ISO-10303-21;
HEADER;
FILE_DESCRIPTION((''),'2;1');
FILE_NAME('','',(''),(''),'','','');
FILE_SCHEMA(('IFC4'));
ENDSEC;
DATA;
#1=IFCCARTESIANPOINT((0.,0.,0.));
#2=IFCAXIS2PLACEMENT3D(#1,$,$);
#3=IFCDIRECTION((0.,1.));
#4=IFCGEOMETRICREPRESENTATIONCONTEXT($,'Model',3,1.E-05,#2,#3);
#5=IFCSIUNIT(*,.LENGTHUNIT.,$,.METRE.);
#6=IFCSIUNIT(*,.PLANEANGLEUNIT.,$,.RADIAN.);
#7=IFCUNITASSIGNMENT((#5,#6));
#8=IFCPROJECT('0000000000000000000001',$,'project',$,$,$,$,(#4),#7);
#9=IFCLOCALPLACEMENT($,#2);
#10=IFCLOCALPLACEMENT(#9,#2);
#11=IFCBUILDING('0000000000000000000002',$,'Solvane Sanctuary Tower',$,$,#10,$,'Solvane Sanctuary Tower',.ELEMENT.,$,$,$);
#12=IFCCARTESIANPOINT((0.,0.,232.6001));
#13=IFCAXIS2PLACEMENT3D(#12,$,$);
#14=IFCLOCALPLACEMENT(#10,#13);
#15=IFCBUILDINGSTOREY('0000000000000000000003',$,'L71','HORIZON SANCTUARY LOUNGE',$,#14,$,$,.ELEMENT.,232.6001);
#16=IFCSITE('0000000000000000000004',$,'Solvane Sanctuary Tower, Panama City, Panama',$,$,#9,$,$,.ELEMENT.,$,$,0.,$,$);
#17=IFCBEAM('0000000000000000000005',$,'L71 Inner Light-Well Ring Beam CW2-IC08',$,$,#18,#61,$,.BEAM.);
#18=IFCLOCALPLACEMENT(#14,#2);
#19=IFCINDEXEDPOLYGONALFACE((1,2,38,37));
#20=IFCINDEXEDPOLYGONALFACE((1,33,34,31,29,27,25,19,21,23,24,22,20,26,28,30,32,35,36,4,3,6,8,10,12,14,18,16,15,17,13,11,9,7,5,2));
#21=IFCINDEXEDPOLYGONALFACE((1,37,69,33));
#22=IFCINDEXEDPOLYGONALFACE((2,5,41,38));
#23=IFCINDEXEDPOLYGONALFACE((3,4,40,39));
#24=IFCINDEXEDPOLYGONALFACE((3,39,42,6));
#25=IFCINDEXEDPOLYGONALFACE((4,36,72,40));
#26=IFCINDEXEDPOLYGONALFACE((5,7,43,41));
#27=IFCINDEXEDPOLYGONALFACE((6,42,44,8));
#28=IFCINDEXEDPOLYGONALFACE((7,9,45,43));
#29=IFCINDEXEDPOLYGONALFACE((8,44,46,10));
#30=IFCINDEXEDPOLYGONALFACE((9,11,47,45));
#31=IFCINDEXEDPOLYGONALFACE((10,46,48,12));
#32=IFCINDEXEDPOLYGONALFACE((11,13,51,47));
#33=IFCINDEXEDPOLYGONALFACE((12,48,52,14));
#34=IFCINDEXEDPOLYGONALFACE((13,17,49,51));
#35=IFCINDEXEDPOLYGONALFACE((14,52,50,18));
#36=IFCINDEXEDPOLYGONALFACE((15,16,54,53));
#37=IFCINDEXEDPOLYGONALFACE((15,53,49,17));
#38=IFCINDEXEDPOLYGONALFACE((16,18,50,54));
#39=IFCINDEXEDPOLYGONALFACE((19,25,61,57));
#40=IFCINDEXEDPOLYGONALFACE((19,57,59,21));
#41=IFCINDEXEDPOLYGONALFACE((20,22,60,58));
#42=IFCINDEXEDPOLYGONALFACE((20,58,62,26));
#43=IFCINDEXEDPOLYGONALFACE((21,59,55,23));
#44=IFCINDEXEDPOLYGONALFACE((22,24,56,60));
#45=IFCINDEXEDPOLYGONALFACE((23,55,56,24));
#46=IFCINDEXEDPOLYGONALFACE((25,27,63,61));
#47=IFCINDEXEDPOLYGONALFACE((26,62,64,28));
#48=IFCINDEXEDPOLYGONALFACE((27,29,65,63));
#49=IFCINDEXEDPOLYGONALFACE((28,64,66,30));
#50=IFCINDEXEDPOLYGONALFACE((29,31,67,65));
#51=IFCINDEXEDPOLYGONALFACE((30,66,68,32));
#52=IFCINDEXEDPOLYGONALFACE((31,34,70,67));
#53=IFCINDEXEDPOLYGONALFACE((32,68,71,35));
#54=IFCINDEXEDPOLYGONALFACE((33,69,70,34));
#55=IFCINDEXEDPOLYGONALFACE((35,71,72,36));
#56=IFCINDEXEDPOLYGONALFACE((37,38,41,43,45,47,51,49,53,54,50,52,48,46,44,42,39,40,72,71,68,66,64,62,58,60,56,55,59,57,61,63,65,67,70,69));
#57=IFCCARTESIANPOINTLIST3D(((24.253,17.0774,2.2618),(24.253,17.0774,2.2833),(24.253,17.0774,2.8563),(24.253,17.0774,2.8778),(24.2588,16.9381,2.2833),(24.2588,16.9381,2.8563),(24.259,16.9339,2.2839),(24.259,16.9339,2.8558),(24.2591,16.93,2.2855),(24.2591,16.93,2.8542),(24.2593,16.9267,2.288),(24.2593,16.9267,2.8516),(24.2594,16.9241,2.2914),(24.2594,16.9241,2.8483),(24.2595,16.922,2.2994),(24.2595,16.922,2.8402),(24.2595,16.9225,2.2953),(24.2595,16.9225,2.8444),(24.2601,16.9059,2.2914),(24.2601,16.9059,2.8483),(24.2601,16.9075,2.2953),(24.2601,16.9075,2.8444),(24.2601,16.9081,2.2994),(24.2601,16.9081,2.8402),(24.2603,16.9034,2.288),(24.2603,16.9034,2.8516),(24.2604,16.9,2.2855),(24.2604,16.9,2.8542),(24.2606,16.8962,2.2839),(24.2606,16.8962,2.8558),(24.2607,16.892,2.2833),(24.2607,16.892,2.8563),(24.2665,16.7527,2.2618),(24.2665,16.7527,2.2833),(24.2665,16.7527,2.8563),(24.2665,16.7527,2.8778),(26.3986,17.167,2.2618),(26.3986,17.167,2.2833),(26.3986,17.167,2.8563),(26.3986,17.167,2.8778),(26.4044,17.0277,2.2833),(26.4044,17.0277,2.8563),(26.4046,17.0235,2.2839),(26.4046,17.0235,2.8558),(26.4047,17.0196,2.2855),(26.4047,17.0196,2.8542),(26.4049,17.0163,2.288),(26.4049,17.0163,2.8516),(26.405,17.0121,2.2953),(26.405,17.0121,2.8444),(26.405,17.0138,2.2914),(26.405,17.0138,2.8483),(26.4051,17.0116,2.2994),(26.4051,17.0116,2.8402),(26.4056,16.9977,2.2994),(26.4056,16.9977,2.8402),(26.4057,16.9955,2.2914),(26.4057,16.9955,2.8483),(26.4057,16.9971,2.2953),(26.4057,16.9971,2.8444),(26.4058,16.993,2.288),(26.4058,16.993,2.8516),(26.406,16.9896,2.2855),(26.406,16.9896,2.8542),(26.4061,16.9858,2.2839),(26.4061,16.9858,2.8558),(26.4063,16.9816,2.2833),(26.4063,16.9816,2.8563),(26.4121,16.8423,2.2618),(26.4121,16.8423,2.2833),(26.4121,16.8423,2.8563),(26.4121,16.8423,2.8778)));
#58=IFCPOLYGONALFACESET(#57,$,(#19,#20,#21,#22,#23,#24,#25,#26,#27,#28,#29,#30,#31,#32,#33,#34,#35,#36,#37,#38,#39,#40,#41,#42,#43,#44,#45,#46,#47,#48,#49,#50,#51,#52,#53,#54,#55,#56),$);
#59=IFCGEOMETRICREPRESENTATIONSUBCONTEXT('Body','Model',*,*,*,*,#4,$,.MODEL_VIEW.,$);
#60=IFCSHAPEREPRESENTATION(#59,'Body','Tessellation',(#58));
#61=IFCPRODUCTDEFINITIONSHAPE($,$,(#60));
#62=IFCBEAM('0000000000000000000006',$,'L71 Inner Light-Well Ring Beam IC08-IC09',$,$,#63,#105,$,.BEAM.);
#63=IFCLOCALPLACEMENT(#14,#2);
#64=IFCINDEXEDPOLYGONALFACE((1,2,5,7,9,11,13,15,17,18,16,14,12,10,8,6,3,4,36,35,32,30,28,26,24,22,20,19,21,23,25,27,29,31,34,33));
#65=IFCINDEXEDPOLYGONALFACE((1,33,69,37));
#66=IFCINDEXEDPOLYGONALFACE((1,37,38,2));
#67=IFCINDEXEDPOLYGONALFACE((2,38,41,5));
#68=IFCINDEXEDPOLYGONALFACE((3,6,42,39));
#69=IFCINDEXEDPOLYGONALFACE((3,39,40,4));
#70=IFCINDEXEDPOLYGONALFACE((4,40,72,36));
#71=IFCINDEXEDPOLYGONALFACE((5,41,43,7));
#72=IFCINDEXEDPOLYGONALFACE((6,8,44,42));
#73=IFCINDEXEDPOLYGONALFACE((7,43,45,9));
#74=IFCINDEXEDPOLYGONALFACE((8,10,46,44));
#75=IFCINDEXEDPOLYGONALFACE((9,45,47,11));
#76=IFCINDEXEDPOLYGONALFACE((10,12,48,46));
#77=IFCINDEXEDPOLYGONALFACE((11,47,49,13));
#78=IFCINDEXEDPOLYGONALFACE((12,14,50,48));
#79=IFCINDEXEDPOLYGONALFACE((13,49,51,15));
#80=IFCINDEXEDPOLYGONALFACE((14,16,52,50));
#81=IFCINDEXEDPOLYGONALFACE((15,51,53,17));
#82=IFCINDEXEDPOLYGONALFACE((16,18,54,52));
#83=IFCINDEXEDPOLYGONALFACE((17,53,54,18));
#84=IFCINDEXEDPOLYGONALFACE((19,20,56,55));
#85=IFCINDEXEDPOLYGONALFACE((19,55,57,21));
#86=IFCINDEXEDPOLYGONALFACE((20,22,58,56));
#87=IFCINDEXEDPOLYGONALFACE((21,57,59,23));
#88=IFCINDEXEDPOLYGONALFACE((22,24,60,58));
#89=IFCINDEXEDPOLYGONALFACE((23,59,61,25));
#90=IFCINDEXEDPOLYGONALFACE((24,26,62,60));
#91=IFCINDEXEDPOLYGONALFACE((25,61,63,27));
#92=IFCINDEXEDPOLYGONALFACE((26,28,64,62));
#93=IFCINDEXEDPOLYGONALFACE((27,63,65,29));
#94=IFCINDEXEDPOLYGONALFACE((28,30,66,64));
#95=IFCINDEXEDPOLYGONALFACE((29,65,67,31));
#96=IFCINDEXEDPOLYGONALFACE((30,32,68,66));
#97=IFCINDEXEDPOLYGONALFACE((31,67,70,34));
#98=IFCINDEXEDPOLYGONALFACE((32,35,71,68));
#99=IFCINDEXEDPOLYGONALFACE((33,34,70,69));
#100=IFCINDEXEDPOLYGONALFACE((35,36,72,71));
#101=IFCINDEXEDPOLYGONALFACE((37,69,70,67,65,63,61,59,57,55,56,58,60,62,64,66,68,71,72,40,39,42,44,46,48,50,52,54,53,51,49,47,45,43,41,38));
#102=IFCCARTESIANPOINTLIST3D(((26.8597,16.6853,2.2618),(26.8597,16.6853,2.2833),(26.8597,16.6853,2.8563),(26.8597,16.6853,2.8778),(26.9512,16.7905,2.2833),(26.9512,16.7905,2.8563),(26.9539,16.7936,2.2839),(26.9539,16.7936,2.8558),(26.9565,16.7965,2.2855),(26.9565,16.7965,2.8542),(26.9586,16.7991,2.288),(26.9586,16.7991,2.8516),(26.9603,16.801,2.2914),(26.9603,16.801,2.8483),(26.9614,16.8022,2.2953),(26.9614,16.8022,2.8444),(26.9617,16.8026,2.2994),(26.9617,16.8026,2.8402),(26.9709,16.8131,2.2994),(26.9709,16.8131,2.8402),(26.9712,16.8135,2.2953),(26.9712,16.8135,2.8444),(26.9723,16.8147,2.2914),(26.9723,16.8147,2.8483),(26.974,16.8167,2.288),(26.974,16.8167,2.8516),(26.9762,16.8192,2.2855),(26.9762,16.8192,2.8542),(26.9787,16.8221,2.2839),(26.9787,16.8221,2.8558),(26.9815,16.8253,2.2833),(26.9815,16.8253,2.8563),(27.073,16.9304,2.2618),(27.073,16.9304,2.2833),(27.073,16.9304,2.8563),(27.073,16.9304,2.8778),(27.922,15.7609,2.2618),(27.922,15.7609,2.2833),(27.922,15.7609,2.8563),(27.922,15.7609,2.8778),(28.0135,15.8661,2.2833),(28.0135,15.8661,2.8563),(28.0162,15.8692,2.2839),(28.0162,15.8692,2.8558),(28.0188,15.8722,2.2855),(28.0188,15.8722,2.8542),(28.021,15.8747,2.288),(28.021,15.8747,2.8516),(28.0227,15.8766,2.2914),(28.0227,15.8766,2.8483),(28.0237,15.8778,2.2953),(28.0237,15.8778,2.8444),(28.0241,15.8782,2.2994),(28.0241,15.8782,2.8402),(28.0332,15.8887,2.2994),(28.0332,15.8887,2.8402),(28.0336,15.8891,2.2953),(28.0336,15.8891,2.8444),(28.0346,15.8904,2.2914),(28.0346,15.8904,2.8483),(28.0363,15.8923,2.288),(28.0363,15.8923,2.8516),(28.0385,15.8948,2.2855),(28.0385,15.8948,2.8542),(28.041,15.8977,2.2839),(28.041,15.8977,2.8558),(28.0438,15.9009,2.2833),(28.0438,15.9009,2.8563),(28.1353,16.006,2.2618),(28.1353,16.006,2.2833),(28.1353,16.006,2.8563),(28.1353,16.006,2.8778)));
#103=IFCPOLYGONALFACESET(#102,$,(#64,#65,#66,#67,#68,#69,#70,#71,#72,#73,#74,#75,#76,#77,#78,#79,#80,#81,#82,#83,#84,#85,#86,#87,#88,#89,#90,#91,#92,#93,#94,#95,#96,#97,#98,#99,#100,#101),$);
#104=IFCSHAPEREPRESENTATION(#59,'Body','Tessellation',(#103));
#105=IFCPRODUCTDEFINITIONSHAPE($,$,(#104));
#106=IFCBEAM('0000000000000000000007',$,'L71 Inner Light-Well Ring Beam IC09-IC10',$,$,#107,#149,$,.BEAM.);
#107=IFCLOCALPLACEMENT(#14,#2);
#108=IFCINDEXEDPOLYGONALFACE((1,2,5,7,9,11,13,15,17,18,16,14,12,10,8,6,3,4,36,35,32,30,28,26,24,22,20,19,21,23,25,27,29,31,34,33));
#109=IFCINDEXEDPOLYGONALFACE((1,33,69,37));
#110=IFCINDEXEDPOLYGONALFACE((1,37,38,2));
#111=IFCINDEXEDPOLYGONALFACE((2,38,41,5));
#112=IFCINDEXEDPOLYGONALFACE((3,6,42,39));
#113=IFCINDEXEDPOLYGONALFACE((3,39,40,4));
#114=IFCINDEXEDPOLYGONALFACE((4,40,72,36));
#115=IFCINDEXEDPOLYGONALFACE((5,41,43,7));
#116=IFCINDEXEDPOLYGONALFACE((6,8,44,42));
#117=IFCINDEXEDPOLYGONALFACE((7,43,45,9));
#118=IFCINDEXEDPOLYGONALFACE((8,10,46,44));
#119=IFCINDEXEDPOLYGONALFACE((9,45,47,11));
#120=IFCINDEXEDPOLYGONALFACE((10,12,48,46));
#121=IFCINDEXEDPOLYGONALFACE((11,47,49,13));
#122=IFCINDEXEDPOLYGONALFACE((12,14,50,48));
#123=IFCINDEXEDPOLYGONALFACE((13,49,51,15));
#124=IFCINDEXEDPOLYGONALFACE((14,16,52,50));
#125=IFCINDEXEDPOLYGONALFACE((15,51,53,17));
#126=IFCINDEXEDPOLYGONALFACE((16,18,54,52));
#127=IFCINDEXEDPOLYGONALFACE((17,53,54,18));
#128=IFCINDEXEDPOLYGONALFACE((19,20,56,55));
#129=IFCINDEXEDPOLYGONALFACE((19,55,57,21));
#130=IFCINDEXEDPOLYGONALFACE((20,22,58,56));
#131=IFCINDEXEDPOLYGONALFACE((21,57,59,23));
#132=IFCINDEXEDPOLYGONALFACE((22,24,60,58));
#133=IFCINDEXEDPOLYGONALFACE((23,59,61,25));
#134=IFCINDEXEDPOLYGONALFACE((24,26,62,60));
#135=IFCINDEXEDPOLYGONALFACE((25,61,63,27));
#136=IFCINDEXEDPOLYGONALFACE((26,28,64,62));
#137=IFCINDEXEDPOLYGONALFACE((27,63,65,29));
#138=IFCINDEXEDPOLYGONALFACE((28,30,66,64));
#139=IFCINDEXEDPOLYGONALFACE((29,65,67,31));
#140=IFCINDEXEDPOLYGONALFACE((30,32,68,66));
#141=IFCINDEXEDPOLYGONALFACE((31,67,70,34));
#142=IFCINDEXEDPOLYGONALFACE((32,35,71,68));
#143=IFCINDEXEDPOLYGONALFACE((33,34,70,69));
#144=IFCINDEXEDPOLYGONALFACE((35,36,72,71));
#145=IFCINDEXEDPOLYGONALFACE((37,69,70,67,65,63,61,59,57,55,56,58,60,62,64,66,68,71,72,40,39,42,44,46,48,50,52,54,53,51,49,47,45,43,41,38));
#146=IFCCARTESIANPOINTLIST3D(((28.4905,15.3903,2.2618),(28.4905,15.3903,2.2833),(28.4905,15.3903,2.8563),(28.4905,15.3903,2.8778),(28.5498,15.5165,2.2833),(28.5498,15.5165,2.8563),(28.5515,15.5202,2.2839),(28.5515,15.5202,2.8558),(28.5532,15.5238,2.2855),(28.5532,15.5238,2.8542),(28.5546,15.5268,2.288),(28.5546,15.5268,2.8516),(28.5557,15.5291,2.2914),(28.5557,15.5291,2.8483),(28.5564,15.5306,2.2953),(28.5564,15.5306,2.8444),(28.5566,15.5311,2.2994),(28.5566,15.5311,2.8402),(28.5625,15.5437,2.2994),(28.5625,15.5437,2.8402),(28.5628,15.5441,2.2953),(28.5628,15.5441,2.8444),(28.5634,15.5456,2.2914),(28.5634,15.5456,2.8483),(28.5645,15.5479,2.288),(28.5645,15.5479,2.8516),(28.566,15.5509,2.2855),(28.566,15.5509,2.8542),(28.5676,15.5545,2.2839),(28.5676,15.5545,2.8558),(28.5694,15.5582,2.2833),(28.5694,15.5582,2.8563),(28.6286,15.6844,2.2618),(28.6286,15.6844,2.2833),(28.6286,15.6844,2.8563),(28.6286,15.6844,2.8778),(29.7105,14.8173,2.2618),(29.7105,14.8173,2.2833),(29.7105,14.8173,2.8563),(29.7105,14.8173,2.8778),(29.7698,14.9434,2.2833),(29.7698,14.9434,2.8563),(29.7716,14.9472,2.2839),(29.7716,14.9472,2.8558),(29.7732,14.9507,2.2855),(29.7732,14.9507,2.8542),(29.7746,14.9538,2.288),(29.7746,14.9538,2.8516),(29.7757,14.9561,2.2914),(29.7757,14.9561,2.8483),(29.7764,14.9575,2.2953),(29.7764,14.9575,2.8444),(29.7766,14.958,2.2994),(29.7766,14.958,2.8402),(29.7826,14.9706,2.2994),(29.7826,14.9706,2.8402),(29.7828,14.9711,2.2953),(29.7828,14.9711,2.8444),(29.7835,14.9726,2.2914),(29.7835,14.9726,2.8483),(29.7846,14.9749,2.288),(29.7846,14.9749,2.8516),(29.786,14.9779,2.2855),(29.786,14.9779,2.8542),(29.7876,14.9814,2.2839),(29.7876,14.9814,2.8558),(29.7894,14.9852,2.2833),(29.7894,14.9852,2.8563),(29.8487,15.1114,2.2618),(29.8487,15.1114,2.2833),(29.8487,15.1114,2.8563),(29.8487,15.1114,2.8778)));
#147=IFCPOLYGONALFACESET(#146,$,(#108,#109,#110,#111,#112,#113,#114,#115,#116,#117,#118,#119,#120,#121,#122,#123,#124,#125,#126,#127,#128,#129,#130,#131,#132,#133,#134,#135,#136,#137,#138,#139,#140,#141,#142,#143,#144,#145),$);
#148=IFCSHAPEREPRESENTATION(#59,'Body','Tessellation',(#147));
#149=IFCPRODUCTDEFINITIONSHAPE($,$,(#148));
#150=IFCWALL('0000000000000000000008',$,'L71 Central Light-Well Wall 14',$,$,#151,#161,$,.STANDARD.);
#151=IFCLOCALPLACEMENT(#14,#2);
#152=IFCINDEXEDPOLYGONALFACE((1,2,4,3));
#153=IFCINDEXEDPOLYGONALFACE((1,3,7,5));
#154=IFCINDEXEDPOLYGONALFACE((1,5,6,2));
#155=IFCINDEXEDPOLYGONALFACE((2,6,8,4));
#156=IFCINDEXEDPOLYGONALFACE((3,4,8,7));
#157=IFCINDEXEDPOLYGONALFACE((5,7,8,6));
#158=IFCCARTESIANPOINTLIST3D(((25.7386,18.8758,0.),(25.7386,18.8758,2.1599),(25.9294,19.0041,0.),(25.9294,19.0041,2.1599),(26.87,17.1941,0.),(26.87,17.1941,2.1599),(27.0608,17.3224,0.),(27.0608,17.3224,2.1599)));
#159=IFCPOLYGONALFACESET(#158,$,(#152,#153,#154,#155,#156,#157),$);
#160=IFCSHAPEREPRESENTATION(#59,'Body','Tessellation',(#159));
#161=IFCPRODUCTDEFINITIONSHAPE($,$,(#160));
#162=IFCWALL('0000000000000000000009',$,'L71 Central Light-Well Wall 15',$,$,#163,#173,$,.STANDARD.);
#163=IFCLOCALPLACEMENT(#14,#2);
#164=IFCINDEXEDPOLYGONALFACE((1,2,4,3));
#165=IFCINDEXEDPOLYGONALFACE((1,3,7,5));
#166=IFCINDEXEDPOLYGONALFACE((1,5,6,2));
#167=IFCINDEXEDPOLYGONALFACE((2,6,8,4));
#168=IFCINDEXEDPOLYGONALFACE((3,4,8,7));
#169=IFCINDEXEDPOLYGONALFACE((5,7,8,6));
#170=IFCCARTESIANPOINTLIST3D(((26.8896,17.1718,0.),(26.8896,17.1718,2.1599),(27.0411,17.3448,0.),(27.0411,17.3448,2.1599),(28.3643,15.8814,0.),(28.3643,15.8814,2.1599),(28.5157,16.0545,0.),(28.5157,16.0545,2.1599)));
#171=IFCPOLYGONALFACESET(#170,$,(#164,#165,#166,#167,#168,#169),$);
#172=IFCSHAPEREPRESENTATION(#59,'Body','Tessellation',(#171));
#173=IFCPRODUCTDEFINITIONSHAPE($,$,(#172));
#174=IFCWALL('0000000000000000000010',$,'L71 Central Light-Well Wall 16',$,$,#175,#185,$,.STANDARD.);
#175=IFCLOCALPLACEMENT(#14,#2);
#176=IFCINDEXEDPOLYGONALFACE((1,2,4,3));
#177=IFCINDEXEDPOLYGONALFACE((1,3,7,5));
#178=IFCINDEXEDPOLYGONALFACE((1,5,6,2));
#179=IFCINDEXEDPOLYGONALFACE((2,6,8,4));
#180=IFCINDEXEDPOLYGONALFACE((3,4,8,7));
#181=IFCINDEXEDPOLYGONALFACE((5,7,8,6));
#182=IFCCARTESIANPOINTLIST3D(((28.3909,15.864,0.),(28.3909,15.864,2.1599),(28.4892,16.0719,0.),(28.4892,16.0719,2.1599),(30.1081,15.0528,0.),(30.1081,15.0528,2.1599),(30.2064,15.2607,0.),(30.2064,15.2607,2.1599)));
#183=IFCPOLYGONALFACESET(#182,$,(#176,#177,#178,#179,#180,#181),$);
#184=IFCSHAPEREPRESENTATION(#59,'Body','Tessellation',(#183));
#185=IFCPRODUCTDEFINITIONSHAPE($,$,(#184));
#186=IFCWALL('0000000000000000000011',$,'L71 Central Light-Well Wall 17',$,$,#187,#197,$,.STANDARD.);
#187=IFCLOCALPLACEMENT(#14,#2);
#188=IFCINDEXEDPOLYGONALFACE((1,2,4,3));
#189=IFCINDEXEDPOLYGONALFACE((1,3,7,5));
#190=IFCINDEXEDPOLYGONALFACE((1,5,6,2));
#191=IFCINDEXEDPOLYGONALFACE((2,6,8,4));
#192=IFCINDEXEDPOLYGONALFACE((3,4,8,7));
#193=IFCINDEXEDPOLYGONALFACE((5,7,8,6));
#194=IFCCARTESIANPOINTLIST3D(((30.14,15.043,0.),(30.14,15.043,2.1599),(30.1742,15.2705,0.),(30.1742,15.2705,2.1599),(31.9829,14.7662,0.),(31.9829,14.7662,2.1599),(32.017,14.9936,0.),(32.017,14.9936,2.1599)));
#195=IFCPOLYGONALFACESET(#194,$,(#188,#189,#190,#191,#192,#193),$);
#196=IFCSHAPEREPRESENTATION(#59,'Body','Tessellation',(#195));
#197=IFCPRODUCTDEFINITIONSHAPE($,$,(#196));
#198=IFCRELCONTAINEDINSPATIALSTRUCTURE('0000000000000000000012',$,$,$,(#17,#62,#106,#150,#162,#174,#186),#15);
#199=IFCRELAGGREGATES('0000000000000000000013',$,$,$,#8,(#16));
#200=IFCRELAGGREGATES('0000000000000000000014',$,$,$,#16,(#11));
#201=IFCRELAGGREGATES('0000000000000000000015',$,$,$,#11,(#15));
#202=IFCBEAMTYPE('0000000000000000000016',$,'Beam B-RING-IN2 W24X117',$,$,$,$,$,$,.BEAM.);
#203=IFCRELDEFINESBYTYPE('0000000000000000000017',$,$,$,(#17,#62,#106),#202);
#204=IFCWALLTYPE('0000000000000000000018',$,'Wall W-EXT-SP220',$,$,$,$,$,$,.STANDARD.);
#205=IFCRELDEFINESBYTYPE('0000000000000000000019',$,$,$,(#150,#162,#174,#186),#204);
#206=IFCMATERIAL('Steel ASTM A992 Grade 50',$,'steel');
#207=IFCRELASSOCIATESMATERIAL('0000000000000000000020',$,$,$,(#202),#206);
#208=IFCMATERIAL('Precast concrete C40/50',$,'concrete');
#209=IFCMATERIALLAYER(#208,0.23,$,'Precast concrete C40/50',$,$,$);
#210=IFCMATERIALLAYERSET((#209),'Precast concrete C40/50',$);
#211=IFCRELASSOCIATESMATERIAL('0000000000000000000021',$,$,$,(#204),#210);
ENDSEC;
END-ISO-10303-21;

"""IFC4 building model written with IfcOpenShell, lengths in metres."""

from ifc_helpers import new_model, si_unit, direction, frame, frame_2d, origin, origin_2d, place, context, subcontext, project, spatial, rectangle, i_section, extrude, material, layer, layer_set, material_profile, profile_set, type_object, element, save


model = new_model("IFC4")

# Units and contexts
model_context = context("Model", 3, precision=1e-05, world=origin(), true_north=direction((0.0, 1.0)))
body_context = subcontext(model_context, "Body", "Model", "MODEL_VIEW")
ifc_project = project(units=[si_unit("LENGTHUNIT", "METRE"), si_unit("PLANEANGLEUNIT", "RADIAN")], contexts=[model_context])

# Site, building, storey
site_placement = place(None, origin())
site = spatial("IfcSite", under=ifc_project, at=site_placement, Name="Solvane Sanctuary Tower, Panama City, Panama", CompositionType="ELEMENT", RefElevation=0.0)
building_placement = place(site_placement, origin())
building = spatial("IfcBuilding", under=site, at=building_placement, Name="Solvane Sanctuary Tower", LongName="Solvane Sanctuary Tower", CompositionType="ELEMENT")
storey_placement = place(building_placement, frame((0.0, 0.0, 232.6001)))
storey = spatial("IfcBuildingStorey", under=building, at=storey_placement, Name="L71", Description="HORIZON SANCTUARY LOUNGE", CompositionType="ELEMENT", Elevation=232.6001)

# Beams
ifc_material_1 = material(Name="Steel ASTM A992 Grade 50", Category="steel")
ifc_material_profile_1 = material_profile(ifc_material_1, i_section(OverallWidth=0.325, OverallDepth=0.616, WebThickness=0.0139, FlangeThickness=0.0215, FilletRadius=0.0161, at=origin_2d()), Name="W24X117")
ifc_profile_set_1 = profile_set([ifc_material_profile_1], Name="Steel ASTM A992 Grade 50")
beam_type_1 = type_object("IfcBeamType", Name="Beam B-RING-IN2 W24X117", PredefinedType="BEAM", material=ifc_profile_set_1)
beam_1_placement = place(storey_placement, frame((24.2598, 16.915, 2.5698), z_axis=(0.999129, 0.041725, 0.0), x_axis=(-0.041725, 0.999129, 0.0)))
element("IfcBeam", 1, at=beam_1_placement, inside=storey, type_object=beam_type_1, Name="L71 Inner Light-Well Ring Beam CW2-IC08", PredefinedType="BEAM", context=body_context, shape_type="SweptSolid", body=[
    extrude(i_section(OverallWidth=0.325, OverallDepth=0.616, WebThickness=0.0139, FlangeThickness=0.0215, FilletRadius=0.0161, at=origin_2d()), origin(), (0.0, 0.0, 1.0), 2.1475),
])
beam_2_placement = place(storey_placement, frame((26.9663, 16.8079, 2.5698), z_axis=(0.754389, -0.656428, 0.0), x_axis=(0.656428, 0.754389, 0.0)))
element("IfcBeam", 2, at=beam_2_placement, inside=storey, type_object=beam_type_1, Name="L71 Inner Light-Well Ring Beam IC08-IC09", PredefinedType="BEAM", context=body_context, shape_type="SweptSolid", body=[
    extrude(i_section(OverallWidth=0.325, OverallDepth=0.616, WebThickness=0.0139, FlangeThickness=0.0215, FilletRadius=0.0161, at=origin_2d()), origin(), (0.0, 0.0, 1.0), 1.4082),
])
beam_3_placement = place(storey_placement, frame((28.5596, 15.5374, 2.5698), z_axis=(0.905135, -0.425125, 0.0), x_axis=(0.425125, 0.905135, 0.0)))
element("IfcBeam", 3, at=beam_3_placement, inside=storey, type_object=beam_type_1, Name="L71 Inner Light-Well Ring Beam IC09-IC10", PredefinedType="BEAM", context=body_context, shape_type="SweptSolid", body=[
    extrude(i_section(OverallWidth=0.325, OverallDepth=0.616, WebThickness=0.0139, FlangeThickness=0.0215, FilletRadius=0.0161, at=origin_2d()), origin(), (0.0, 0.0, 1.0), 1.3479),
])

# Walls
ifc_material_2 = material(Name="Precast concrete C40/50", Category="concrete")
ifc_layer_1 = layer(ifc_material_2, 0.23, Name="Precast concrete C40/50")
ifc_layer_set_1 = layer_set([ifc_layer_1], Name="Precast concrete C40/50")
wall_type_1 = type_object("IfcWallType", Name="Wall W-EXT-SP220", PredefinedType="STANDARD", material=ifc_layer_set_1)
wall_1_placement = place(storey_placement, frame((25.834, 18.9399, 0.0), z_axis=(0.0, 0.0, 1.0), x_axis=(0.558198, -0.829708, 0.0)))
element("IfcWall", 4, at=wall_1_placement, inside=storey, type_object=wall_type_1, Name="L71 Central Light-Well Wall 14", PredefinedType="STANDARD", context=body_context, shape_type="SweptSolid", body=[
    extrude(rectangle(XDim=2.0269, YDim=0.23, at=frame_2d((1.0134, 0.0))), origin(), (0.0, 0.0, 1.0), 2.1599),
])
wall_2_placement = place(storey_placement, frame((26.9653, 17.2583, 0.0), z_axis=(0.0, 0.0, 1.0), x_axis=(0.752577, -0.658505, 0.0)))
element("IfcWall", 5, at=wall_2_placement, inside=storey, type_object=wall_type_1, Name="L71 Central Light-Well Wall 15", PredefinedType="STANDARD", context=body_context, shape_type="SweptSolid", body=[
    extrude(rectangle(XDim=1.9595, YDim=0.23, at=frame_2d((0.9797, 0.0))), origin(), (0.0, 0.0, 1.0), 2.1599),
])
wall_3_placement = place(storey_placement, frame((28.4399, 15.968, 0.0), z_axis=(0.0, 0.0, 1.0), x_axis=(0.90418, -0.427152, 0.0)))
element("IfcWall", 6, at=wall_3_placement, inside=storey, type_object=wall_type_1, Name="L71 Central Light-Well Wall 16", PredefinedType="STANDARD", context=body_context, shape_type="SweptSolid", body=[
    extrude(rectangle(XDim=1.8992, YDim=0.23, at=frame_2d((0.9497, 0.0))), origin(), (0.0, 0.0, 1.0), 2.1599),
])
wall_4_placement = place(storey_placement, frame((30.1572, 15.1567, 0.0), z_axis=(0.0, 0.0, 1.0), x_axis=(0.988902, -0.148571, 0.0)))
element("IfcWall", 7, at=wall_4_placement, inside=storey, type_object=wall_type_1, Name="L71 Central Light-Well Wall 17", PredefinedType="STANDARD", context=body_context, shape_type="SweptSolid", body=[
    extrude(rectangle(XDim=1.8635, YDim=0.23, at=frame_2d((0.9316, 0.0))), origin(), (0.0, 0.0, 1.0), 2.1599),
])

save(model, "model.ifc")
